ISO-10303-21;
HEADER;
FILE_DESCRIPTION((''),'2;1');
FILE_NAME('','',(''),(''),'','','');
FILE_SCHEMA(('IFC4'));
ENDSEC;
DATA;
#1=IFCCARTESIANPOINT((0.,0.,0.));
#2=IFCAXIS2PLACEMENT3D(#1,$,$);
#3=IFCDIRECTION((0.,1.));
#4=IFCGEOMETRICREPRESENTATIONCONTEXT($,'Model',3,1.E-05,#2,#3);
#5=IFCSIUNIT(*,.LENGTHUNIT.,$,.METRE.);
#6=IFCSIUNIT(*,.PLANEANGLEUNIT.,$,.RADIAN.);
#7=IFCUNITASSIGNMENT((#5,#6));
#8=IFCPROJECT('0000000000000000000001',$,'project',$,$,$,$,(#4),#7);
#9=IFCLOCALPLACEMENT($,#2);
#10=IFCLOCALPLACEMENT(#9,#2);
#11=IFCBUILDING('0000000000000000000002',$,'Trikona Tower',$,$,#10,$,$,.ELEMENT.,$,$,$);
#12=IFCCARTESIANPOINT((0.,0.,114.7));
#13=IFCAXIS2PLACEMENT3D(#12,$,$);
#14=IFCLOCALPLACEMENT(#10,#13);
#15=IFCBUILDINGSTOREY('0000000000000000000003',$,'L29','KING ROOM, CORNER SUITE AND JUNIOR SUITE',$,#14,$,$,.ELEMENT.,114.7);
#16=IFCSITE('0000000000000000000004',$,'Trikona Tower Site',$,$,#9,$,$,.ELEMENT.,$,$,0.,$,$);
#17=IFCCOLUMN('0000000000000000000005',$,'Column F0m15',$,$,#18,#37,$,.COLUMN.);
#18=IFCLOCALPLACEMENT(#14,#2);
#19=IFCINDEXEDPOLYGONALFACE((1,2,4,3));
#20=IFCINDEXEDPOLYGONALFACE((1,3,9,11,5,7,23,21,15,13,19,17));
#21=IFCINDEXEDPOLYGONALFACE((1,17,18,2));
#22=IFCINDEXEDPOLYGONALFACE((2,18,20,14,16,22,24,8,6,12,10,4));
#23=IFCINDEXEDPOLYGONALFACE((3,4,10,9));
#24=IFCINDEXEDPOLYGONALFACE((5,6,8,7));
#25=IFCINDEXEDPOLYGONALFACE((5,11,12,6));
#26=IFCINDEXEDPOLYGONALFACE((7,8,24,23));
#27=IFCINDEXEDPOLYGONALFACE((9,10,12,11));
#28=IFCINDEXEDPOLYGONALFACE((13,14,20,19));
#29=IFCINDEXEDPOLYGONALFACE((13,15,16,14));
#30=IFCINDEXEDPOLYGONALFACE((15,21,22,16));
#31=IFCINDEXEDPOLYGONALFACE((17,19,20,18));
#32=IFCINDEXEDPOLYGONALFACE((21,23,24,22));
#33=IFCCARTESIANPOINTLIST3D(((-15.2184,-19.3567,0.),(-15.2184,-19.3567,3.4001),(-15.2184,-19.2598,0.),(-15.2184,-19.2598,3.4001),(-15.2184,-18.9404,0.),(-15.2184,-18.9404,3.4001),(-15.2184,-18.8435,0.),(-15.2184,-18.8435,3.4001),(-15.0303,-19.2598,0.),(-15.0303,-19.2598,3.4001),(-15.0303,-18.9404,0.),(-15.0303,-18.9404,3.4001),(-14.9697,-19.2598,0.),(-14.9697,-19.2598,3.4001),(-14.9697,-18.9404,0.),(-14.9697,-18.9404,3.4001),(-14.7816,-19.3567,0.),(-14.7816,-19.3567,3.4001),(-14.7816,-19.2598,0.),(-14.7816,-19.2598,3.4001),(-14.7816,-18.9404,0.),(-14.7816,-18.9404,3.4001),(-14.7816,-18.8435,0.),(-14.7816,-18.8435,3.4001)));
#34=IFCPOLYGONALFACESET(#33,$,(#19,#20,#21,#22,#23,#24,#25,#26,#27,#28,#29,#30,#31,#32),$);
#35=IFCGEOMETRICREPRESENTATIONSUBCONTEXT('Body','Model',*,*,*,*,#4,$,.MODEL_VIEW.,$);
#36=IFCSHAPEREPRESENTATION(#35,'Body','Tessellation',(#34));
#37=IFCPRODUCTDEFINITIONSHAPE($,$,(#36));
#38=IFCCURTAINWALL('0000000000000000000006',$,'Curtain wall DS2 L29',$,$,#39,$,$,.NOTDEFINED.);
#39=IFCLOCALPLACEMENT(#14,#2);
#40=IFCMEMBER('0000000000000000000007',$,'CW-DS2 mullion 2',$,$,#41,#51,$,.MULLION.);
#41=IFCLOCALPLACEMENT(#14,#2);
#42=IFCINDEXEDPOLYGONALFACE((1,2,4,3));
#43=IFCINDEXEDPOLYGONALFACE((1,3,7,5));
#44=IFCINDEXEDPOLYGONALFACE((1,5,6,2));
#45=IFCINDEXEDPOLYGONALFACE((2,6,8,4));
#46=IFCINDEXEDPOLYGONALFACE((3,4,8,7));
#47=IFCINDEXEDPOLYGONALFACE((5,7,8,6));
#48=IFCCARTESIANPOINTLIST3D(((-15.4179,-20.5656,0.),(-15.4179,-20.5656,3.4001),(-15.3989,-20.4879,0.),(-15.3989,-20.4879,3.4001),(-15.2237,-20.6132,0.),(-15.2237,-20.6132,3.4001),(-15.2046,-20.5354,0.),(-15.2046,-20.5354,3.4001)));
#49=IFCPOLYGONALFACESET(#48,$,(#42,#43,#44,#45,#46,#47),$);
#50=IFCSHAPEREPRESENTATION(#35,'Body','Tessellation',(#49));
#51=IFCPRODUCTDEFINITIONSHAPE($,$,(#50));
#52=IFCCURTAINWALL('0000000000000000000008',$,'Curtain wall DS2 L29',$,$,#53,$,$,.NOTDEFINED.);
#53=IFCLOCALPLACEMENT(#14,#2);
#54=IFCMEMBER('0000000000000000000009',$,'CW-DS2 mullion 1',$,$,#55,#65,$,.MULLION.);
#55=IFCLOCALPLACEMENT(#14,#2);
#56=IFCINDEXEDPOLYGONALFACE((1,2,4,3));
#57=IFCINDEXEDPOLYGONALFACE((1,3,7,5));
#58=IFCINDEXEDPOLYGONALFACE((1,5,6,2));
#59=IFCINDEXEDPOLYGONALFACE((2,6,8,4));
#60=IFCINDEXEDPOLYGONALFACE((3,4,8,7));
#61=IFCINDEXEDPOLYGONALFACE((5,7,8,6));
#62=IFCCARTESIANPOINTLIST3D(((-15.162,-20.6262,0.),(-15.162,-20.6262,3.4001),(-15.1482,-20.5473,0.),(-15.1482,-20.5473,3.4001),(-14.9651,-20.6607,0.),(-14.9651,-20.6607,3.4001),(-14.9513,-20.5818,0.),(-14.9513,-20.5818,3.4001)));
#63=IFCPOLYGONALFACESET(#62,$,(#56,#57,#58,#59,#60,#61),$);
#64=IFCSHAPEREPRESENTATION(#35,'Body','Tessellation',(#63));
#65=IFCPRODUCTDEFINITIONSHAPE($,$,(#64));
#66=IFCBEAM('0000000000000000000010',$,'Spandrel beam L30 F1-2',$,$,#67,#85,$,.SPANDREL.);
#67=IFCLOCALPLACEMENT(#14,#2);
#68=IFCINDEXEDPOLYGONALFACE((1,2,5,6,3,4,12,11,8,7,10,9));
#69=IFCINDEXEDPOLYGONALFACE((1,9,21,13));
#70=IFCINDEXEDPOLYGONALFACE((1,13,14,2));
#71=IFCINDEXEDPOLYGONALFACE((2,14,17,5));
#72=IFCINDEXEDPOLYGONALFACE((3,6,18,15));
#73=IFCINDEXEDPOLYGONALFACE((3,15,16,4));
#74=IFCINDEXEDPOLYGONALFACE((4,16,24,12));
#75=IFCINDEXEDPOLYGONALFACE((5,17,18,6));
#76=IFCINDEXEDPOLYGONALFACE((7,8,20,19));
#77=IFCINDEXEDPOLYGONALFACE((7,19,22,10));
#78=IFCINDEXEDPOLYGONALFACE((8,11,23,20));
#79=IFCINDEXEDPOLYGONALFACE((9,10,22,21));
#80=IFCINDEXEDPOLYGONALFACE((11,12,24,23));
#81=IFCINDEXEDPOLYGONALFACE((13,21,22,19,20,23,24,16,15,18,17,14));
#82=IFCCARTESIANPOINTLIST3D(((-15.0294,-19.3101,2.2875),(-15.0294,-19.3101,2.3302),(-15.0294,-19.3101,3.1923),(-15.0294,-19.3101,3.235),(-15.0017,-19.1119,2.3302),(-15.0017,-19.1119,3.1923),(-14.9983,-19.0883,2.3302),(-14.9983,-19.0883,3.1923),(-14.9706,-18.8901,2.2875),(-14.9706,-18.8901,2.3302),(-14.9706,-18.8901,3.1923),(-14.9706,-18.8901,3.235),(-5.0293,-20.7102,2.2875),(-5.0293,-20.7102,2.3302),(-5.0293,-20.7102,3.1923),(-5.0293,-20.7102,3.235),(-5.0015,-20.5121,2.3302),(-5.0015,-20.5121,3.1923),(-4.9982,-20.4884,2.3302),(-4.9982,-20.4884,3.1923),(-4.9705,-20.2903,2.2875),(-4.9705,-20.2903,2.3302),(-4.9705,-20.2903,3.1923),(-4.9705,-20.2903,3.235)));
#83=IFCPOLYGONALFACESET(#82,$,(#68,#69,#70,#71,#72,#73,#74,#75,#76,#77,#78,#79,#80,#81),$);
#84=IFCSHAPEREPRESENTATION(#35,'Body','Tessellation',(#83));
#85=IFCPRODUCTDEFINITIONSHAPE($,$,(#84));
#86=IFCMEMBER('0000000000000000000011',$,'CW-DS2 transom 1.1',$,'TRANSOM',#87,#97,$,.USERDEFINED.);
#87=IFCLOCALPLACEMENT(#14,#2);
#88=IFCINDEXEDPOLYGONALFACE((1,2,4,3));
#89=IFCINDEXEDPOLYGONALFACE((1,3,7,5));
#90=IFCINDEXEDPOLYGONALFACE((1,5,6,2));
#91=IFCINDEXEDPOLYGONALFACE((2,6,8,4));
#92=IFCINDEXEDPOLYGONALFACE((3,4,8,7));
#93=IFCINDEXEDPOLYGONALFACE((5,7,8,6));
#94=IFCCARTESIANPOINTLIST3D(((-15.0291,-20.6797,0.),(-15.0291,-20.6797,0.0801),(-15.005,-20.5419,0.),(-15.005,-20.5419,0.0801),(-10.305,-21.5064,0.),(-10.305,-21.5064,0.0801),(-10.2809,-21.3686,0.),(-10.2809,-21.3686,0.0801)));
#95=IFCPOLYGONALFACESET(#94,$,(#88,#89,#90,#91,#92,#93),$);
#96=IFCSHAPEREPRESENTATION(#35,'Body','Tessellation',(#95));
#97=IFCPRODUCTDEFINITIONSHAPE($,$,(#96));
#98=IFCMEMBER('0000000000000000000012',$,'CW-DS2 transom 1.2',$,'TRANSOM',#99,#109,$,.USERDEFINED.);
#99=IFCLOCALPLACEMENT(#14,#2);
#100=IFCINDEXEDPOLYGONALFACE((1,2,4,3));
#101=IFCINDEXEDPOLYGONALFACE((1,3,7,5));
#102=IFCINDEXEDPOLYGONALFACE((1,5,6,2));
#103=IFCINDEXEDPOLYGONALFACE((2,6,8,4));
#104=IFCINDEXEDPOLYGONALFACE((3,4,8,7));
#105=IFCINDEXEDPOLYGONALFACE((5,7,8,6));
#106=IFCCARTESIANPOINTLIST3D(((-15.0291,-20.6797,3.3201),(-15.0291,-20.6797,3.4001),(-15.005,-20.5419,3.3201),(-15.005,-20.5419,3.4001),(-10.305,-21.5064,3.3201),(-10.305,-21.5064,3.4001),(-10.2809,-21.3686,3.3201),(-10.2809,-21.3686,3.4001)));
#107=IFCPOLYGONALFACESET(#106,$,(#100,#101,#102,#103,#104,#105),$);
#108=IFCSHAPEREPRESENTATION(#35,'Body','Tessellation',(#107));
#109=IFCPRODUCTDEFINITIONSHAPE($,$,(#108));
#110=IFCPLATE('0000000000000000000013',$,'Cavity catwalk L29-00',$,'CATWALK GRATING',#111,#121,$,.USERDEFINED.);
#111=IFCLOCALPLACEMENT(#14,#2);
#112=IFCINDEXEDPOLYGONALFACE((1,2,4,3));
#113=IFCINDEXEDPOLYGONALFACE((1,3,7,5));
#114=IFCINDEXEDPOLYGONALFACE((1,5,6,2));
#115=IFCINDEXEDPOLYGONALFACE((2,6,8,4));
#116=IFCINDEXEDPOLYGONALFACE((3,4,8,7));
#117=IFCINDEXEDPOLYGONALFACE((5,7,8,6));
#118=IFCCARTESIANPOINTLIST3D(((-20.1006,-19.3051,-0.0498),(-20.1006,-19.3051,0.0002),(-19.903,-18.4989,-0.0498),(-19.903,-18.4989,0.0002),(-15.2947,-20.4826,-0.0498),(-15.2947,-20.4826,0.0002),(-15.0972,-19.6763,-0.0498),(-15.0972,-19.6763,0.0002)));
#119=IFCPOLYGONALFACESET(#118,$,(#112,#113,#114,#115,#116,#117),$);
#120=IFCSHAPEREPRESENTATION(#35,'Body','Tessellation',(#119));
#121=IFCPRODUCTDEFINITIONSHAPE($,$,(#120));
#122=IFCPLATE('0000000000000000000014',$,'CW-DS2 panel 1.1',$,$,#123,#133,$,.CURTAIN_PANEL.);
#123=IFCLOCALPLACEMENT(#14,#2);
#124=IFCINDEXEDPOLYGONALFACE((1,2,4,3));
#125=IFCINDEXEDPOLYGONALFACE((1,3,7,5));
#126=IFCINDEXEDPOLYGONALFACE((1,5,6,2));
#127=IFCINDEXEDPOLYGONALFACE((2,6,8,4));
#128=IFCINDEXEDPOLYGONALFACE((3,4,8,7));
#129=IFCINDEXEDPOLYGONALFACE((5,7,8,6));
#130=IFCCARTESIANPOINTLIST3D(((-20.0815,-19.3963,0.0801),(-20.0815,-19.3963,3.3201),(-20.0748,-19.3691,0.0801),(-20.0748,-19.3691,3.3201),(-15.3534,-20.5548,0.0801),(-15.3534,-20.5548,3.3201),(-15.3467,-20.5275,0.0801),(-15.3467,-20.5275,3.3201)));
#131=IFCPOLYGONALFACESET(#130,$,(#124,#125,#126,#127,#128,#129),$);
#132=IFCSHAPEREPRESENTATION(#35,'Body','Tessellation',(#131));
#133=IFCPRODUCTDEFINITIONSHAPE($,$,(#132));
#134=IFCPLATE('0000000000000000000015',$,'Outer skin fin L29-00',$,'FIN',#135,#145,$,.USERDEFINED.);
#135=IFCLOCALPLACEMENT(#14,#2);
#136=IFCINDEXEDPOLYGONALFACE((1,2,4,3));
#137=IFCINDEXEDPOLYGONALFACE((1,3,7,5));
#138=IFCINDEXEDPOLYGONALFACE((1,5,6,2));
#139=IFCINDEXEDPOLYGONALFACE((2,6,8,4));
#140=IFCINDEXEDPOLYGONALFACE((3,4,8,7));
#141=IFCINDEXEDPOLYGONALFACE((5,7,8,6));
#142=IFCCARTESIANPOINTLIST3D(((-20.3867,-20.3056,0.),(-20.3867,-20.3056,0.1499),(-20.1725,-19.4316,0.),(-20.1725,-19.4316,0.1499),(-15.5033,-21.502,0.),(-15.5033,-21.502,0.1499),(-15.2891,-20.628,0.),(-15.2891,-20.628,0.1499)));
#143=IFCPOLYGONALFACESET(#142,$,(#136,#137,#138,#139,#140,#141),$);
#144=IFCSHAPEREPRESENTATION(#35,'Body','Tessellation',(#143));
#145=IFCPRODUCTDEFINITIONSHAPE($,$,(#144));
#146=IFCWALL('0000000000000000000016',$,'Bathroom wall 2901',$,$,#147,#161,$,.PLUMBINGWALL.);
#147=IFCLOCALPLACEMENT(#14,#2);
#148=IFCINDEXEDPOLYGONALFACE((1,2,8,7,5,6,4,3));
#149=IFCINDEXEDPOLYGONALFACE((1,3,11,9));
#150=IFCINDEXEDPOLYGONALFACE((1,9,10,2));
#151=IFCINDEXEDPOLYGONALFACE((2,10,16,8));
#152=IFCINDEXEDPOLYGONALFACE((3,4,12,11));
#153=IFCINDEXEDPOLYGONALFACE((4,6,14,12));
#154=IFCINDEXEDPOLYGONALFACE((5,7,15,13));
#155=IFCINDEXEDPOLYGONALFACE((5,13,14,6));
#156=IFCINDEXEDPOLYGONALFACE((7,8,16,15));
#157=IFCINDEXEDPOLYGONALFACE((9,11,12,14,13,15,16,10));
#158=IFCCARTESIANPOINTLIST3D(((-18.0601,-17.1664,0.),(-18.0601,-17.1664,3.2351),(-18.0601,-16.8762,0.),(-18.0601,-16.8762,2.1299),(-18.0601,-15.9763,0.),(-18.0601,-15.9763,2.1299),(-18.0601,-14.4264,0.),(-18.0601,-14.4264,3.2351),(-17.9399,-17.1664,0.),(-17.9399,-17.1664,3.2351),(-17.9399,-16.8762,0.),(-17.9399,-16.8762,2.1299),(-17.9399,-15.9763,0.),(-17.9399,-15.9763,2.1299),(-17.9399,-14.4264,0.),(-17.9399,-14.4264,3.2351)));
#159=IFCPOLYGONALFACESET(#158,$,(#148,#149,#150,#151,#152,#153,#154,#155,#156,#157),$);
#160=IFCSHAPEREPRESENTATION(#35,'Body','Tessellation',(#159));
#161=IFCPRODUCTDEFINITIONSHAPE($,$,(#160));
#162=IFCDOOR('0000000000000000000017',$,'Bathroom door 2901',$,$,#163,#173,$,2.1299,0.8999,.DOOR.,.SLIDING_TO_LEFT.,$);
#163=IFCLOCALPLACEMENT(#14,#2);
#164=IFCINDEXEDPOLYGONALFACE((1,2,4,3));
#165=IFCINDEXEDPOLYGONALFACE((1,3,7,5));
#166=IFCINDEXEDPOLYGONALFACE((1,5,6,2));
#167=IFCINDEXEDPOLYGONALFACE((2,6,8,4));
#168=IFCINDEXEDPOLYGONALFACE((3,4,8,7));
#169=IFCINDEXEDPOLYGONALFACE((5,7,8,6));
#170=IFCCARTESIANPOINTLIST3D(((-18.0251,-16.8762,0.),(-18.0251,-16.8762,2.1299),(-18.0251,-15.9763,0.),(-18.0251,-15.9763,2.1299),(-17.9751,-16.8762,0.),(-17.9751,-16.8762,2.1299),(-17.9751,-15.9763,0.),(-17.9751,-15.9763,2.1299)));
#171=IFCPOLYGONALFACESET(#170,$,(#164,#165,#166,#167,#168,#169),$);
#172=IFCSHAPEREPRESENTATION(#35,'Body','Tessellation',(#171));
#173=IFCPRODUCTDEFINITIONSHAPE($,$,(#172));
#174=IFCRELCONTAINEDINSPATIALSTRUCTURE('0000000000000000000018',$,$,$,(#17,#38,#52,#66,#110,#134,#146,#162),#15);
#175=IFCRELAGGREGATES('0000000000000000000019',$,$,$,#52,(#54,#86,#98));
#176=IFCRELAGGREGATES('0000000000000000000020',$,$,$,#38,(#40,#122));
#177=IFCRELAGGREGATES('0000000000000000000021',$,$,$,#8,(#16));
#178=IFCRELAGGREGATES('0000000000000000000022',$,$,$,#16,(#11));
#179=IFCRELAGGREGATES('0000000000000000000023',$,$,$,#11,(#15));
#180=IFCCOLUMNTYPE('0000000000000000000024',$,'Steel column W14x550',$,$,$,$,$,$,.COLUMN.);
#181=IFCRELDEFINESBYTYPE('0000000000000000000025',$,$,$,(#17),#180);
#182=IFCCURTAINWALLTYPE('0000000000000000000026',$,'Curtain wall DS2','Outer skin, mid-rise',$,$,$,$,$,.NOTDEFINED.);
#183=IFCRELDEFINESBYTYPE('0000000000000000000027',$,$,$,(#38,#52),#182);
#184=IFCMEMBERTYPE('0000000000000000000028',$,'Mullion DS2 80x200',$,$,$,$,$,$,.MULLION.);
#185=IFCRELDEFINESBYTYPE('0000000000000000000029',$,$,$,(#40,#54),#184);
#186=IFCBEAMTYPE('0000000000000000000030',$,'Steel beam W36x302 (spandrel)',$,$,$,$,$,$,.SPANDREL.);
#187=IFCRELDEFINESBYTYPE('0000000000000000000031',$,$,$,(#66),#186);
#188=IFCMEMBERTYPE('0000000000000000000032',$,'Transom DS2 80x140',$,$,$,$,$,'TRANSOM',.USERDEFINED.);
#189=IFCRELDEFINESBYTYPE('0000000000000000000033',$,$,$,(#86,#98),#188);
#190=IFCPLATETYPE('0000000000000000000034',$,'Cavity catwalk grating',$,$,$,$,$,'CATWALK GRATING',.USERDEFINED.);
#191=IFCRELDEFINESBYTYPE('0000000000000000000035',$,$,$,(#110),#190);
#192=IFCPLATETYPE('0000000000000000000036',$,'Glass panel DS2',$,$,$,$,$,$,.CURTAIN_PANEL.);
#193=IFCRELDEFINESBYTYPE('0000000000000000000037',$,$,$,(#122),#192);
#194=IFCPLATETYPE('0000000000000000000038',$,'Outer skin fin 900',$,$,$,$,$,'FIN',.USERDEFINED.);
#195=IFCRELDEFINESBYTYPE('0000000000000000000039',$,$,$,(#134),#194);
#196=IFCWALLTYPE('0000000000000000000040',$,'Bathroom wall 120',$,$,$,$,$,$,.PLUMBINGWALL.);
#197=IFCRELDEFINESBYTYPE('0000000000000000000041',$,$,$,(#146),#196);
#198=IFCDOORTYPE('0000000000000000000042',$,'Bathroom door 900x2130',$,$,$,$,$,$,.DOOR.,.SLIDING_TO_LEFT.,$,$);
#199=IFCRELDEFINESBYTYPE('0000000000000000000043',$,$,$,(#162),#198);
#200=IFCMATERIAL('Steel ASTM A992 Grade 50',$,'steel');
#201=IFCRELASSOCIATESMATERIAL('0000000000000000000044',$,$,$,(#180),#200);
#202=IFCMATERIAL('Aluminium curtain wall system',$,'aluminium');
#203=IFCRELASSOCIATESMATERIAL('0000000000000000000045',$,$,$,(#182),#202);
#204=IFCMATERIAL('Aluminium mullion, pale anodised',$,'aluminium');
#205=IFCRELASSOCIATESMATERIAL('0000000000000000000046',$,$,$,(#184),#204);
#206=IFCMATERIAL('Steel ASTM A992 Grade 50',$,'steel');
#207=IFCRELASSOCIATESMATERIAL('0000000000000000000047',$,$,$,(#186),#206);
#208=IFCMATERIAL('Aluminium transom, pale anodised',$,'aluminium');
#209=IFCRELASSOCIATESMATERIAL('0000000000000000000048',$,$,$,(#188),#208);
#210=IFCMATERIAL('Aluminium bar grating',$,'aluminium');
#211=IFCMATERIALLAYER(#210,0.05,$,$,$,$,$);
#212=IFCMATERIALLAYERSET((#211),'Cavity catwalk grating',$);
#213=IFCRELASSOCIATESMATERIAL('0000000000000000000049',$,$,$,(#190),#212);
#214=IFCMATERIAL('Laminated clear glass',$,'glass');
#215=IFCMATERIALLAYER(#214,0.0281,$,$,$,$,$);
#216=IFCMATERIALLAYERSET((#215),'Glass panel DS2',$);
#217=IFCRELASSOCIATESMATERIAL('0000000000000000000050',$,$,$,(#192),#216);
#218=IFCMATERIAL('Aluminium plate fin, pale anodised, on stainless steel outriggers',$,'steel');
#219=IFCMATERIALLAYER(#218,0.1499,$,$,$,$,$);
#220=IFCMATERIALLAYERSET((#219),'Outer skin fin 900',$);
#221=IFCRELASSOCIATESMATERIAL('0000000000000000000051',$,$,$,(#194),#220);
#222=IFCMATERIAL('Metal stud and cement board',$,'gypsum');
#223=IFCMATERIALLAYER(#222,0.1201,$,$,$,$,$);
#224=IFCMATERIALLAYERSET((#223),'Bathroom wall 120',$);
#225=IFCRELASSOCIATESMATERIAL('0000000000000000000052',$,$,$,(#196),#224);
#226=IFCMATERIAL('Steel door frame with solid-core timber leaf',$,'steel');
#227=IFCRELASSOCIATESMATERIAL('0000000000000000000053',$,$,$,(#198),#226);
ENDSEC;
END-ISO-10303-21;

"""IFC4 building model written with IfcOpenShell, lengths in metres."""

from ifc_helpers import new_model, si_unit, direction, frame, frame_2d, origin, origin_2d, place, context, subcontext, project, spatial, rectangle, i_section, extrude, material, layer, layer_set, material_profile, profile_set, type_object, element, fill, aggregate, save


model = new_model("IFC4")

# Units and contexts
model_context = context("Model", 3, precision=1e-05, world=origin(), true_north=direction((0.0, 1.0)))
body_context = subcontext(model_context, "Body", "Model", "MODEL_VIEW")
ifc_project = project(units=[si_unit("LENGTHUNIT", "METRE"), si_unit("PLANEANGLEUNIT", "RADIAN")], contexts=[model_context])

# Site, building, storey
site_placement = place(None, origin())
site = spatial("IfcSite", under=ifc_project, at=site_placement, Name="Trikona Tower Site", CompositionType="ELEMENT", RefElevation=0.0)
building_placement = place(site_placement, origin())
building = spatial("IfcBuilding", under=site, at=building_placement, Name="Trikona Tower", CompositionType="ELEMENT")
storey_placement = place(building_placement, frame((0.0, 0.0, 114.7)))
storey = spatial("IfcBuildingStorey", under=building, at=storey_placement, Name="L29", Description="KING ROOM, CORNER SUITE AND JUNIOR SUITE", CompositionType="ELEMENT", Elevation=114.7)

# Column
ifc_material_1 = material(Name="Steel ASTM A992 Grade 50", Category="steel")
ifc_material_profile_1 = material_profile(ifc_material_1, i_section(OverallWidth=0.4368, OverallDepth=0.5132, WebThickness=0.0605, FlangeThickness=0.0969, at=origin_2d()), Name="W14X550")
ifc_profile_set_1 = profile_set([ifc_material_profile_1], Name="Steel ASTM A992 Grade 50")
column_type = type_object("IfcColumnType", Name="Steel column W14x550", PredefinedType="COLUMN", material=ifc_profile_set_1)
column_placement = place(storey_placement, frame((-15.0, -19.1001, 0.0), z_axis=(0.0, 0.0, 1.0), x_axis=(1.0, 0.0, 0.0)))
element("IfcColumn", 1, at=column_placement, inside=storey, type_object=column_type, Name="Column F0m15", PredefinedType="COLUMN", context=body_context, shape_type="SweptSolid", body=[
    extrude(i_section(OverallWidth=0.4368, OverallDepth=0.5132, WebThickness=0.0605, FlangeThickness=0.0969, at=origin_2d()), origin(), (0.0, 0.0, 1.0), 3.4001),
])

# Curtain walls, members
ifc_material_2 = material(Name="Aluminium curtain wall system", Category="aluminium")
curtain_wall_type = type_object("IfcCurtainWallType", Name="Curtain wall DS2", Description="Outer skin, mid-rise", PredefinedType="NOTDEFINED", material=ifc_material_2)
curtain_wall_1_placement = place(storey_placement, origin())
curtain_wall_1 = element("IfcCurtainWall", 2, at=curtain_wall_1_placement, inside=storey, type_object=curtain_wall_type, Name="Curtain wall DS2 L29", PredefinedType="NOTDEFINED")
ifc_material_3 = material(Name="Aluminium mullion, pale anodised", Category="aluminium")
ifc_material_profile_2 = material_profile(ifc_material_3, rectangle(XDim=0.0801, YDim=0.2, at=origin_2d()), Name="MUL-DS2")
ifc_profile_set_2 = profile_set([ifc_material_profile_2], Name="Aluminium mullion, pale anodised")
member_type_1 = type_object("IfcMemberType", Name="Mullion DS2 80x200", PredefinedType="MULLION", material=ifc_profile_set_2)
member_1_placement = place(storey_placement, frame((-15.3113, -20.5505, 0.0), z_axis=(0.0, 0.0, 1.0), x_axis=(0.23797, 0.971272, 0.0)))
member_1 = element("IfcMember", 3, at=member_1_placement, type_object=member_type_1, Name="CW-DS2 mullion 2", PredefinedType="MULLION", context=body_context, shape_type="SweptSolid", body=[
    extrude(rectangle(XDim=0.0801, YDim=0.2, at=origin_2d()), origin(), (0.0, 0.0, 1.0), 3.4001),
])
curtain_wall_2_placement = place(storey_placement, origin())
curtain_wall_2 = element("IfcCurtainWall", 4, at=curtain_wall_2_placement, inside=storey, type_object=curtain_wall_type, Name="Curtain wall DS2 L29", PredefinedType="NOTDEFINED")
member_2_placement = place(storey_placement, frame((-15.0566, -20.604, 0.0), z_axis=(0.0, 0.0, 1.0), x_axis=(0.172377, 0.985031, 0.0)))
member_2 = element("IfcMember", 5, at=member_2_placement, type_object=member_type_1, Name="CW-DS2 mullion 1", PredefinedType="MULLION", context=body_context, shape_type="SweptSolid", body=[
    extrude(rectangle(XDim=0.0801, YDim=0.2, at=origin_2d()), origin(), (0.0, 0.0, 1.0), 3.4001),
])

# Beam
ifc_material_4 = material(Name="Steel ASTM A992 Grade 50", Category="steel")
ifc_material_profile_3 = material_profile(ifc_material_4, i_section(OverallWidth=0.4241, OverallDepth=0.9475, WebThickness=0.0239, FlangeThickness=0.0427, at=origin_2d()), Name="W36X302")
ifc_profile_set_3 = profile_set([ifc_material_profile_3], Name="Steel ASTM A992 Grade 50")
beam_type = type_object("IfcBeamType", Name="Steel beam W36x302 (spandrel)", PredefinedType="SPANDREL", material=ifc_profile_set_3)
beam_placement = place(storey_placement, frame((-15.0, -19.1001, 2.7612), z_axis=(0.99034, -0.138662, 0.0), x_axis=(0.138662, 0.99034, 0.0)))
element("IfcBeam", 6, at=beam_placement, inside=storey, type_object=beam_type, Name="Spandrel beam L30 F1-2", PredefinedType="SPANDREL", context=body_context, shape_type="SweptSolid", body=[
    extrude(i_section(OverallWidth=0.4241, OverallDepth=0.9475, WebThickness=0.0239, FlangeThickness=0.0427, at=origin_2d()), origin(), (0.0, 0.0, 1.0), 10.0977),
])

# Members
ifc_material_5 = material(Name="Aluminium transom, pale anodised", Category="aluminium")
ifc_material_profile_4 = material_profile(ifc_material_5, rectangle(XDim=0.1399, YDim=0.0801, at=origin_2d()), Name="TRN-DS2")
ifc_profile_set_4 = profile_set([ifc_material_profile_4], Name="Aluminium transom, pale anodised")
member_type_2 = type_object("IfcMemberType", Name="Transom DS2 80x140", ElementType="TRANSOM", PredefinedType="USERDEFINED", material=ifc_profile_set_4)
member_3_placement = place(storey_placement, frame((-15.0171, -20.6108, 0.04), z_axis=(0.985033, -0.172368, 0.0), x_axis=(0.172368, 0.985033, 0.0)))
member_3 = element("IfcMember", 7, at=member_3_placement, type_object=member_type_2, Name="CW-DS2 transom 1.1", ObjectType="TRANSOM", PredefinedType="USERDEFINED", context=body_context, shape_type="SweptSolid", body=[
    extrude(rectangle(XDim=0.1399, YDim=0.0801, at=origin_2d()), origin(), (0.0, 0.0, 1.0), 4.7959),
])
member_4_placement = place(storey_placement, frame((-15.0171, -20.6108, 3.3601), z_axis=(0.985033, -0.172368, 0.0), x_axis=(0.172368, 0.985033, 0.0)))
member_4 = element("IfcMember", 8, at=member_4_placement, type_object=member_type_2, Name="CW-DS2 transom 1.2", ObjectType="TRANSOM", PredefinedType="USERDEFINED", context=body_context, shape_type="SweptSolid", body=[
    extrude(rectangle(XDim=0.1399, YDim=0.0801, at=origin_2d()), origin(), (0.0, 0.0, 1.0), 4.7959),
])
aggregate(curtain_wall_2, [member_2, member_3, member_4])

# Plates
ifc_material_6 = material(Name="Aluminium bar grating", Category="aluminium")
ifc_layer_1 = layer(ifc_material_6, 0.05)
ifc_layer_set_1 = layer_set([ifc_layer_1], Name="Cavity catwalk grating")
plate_type_1 = type_object("IfcPlateType", Name="Cavity catwalk grating", ElementType="CATWALK GRATING", PredefinedType="USERDEFINED", material=ifc_layer_set_1)
plate_1_placement = place(storey_placement, frame((-17.5989, -19.4907, -0.0498), z_axis=(0.0, 0.0, 1.0), x_axis=(0.971274, -0.237962, 0.0)))
element("IfcPlate", 9, at=plate_1_placement, inside=storey, type_object=plate_type_1, Name="Cavity catwalk L29-00", ObjectType="CATWALK GRATING", PredefinedType="USERDEFINED", context=body_context, shape_type="SweptSolid", body=[
    extrude(rectangle(XDim=4.948, YDim=0.8301, at=origin_2d()), origin(), (0.0, 0.0, 1.0), 0.05),
])
ifc_material_7 = material(Name="Laminated clear glass", Category="glass")
ifc_layer_2 = layer(ifc_material_7, 0.0281)
ifc_layer_set_2 = layer_set([ifc_layer_2], Name="Glass panel DS2")
plate_type_2 = type_object("IfcPlateType", Name="Glass panel DS2", PredefinedType="CURTAIN_PANEL", material=ifc_layer_set_2)
plate_2_placement = place(storey_placement, frame((-17.7141, -19.9619, 0.0801), z_axis=(0.0, 0.0, 1.0), x_axis=(0.971272, -0.23797, 0.0)))
plate_2 = element("IfcPlate", 10, at=plate_2_placement, type_object=plate_type_2, Name="CW-DS2 panel 1.1", PredefinedType="CURTAIN_PANEL", context=body_context, shape_type="SweptSolid", body=[
    extrude(rectangle(XDim=4.8679, YDim=0.0281, at=origin_2d()), origin(), (0.0, 0.0, 1.0), 3.24),
])
aggregate(curtain_wall_1, [member_1, plate_2])
ifc_material_8 = material(Name="Aluminium plate fin, pale anodised, on stainless steel outriggers", Category="steel")
ifc_layer_3 = layer(ifc_material_8, 0.1499)
ifc_layer_set_3 = layer_set([ifc_layer_3], Name="Outer skin fin 900")
plate_type_3 = type_object("IfcPlateType", Name="Outer skin fin 900", ElementType="FIN", PredefinedType="USERDEFINED", material=ifc_layer_set_3)
plate_3_placement = place(storey_placement, frame((-17.8379, -20.4668, 0.0), z_axis=(0.0, 0.0, 1.0), x_axis=(0.971274, -0.237962, 0.0)))
element("IfcPlate", 11, at=plate_3_placement, inside=storey, type_object=plate_type_3, Name="Outer skin fin L29-00", ObjectType="FIN", PredefinedType="USERDEFINED", context=body_context, shape_type="SweptSolid", body=[
    extrude(rectangle(XDim=5.0278, YDim=0.8999, at=origin_2d()), origin(), (0.0, 0.0, 1.0), 0.1499),
])

# Wall, opening, door
ifc_material_9 = material(Name="Metal stud and cement board", Category="gypsum")
ifc_layer_4 = layer(ifc_material_9, 0.1201)
ifc_layer_set_4 = layer_set([ifc_layer_4], Name="Bathroom wall 120")
wall_type_1 = type_object("IfcWallType", Name="Bathroom wall 120", PredefinedType="PLUMBINGWALL", material=ifc_layer_set_4)
wall_1_placement = place(storey_placement, frame((-18.0, -14.4263, 0.0), z_axis=(0.0, 0.0, 1.0), x_axis=(0.0, -1.0, 0.0)))
wall_1 = element("IfcWall", 12, at=wall_1_placement, inside=storey, type_object=wall_type_1, Name="Bathroom wall 2901", PredefinedType="PLUMBINGWALL", context=body_context, shape_type="SweptSolid", body=[
    extrude(rectangle(XDim=2.74, YDim=0.1201, at=frame_2d((1.3701, 0.0))), origin(), (0.0, 0.0, 1.0), 3.2351),
])
opening_placement = place(wall_1_placement, frame((1.55, 0.0, 0.0)))
opening = element("IfcOpeningElement", 13, at=opening_placement, cuts=wall_1, PredefinedType="OPENING", context=body_context, shape_type="SweptSolid", body=[
    extrude(rectangle(XDim=0.8999, YDim=2.1299, at=frame_2d((0.45, 1.0649))), frame((0.0, 0.0701, 0.0), z_axis=(0.0, -1.0, 0.0), x_axis=(1.0, 0.0, 0.0)), (0.0, 0.0, 1.0), 0.1401),
])
ifc_material_10 = material(Name="Steel door frame with solid-core timber leaf", Category="steel")
door_type = type_object("IfcDoorType", Name="Bathroom door 900x2130", OperationType="SLIDING_TO_LEFT", PredefinedType="DOOR", material=ifc_material_10)
door_placement = place(opening_placement, origin())
door = element("IfcDoor", 14, at=door_placement, inside=storey, type_object=door_type, Name="Bathroom door 2901", OperationType="SLIDING_TO_LEFT", OverallHeight=2.1299, OverallWidth=0.8999, PredefinedType="DOOR", context=body_context, shape_type="SweptSolid", body=[
    extrude(rectangle(XDim=0.8999, YDim=2.1299, at=frame_2d((0.45, 1.0649))), frame((0.0, 0.0249, 0.0), z_axis=(0.0, -1.0, 0.0), x_axis=(1.0, 0.0, 0.0)), (0.0, 0.0, 1.0), 0.05),
])
fill(opening, door)

save(model, "model.ifc")
